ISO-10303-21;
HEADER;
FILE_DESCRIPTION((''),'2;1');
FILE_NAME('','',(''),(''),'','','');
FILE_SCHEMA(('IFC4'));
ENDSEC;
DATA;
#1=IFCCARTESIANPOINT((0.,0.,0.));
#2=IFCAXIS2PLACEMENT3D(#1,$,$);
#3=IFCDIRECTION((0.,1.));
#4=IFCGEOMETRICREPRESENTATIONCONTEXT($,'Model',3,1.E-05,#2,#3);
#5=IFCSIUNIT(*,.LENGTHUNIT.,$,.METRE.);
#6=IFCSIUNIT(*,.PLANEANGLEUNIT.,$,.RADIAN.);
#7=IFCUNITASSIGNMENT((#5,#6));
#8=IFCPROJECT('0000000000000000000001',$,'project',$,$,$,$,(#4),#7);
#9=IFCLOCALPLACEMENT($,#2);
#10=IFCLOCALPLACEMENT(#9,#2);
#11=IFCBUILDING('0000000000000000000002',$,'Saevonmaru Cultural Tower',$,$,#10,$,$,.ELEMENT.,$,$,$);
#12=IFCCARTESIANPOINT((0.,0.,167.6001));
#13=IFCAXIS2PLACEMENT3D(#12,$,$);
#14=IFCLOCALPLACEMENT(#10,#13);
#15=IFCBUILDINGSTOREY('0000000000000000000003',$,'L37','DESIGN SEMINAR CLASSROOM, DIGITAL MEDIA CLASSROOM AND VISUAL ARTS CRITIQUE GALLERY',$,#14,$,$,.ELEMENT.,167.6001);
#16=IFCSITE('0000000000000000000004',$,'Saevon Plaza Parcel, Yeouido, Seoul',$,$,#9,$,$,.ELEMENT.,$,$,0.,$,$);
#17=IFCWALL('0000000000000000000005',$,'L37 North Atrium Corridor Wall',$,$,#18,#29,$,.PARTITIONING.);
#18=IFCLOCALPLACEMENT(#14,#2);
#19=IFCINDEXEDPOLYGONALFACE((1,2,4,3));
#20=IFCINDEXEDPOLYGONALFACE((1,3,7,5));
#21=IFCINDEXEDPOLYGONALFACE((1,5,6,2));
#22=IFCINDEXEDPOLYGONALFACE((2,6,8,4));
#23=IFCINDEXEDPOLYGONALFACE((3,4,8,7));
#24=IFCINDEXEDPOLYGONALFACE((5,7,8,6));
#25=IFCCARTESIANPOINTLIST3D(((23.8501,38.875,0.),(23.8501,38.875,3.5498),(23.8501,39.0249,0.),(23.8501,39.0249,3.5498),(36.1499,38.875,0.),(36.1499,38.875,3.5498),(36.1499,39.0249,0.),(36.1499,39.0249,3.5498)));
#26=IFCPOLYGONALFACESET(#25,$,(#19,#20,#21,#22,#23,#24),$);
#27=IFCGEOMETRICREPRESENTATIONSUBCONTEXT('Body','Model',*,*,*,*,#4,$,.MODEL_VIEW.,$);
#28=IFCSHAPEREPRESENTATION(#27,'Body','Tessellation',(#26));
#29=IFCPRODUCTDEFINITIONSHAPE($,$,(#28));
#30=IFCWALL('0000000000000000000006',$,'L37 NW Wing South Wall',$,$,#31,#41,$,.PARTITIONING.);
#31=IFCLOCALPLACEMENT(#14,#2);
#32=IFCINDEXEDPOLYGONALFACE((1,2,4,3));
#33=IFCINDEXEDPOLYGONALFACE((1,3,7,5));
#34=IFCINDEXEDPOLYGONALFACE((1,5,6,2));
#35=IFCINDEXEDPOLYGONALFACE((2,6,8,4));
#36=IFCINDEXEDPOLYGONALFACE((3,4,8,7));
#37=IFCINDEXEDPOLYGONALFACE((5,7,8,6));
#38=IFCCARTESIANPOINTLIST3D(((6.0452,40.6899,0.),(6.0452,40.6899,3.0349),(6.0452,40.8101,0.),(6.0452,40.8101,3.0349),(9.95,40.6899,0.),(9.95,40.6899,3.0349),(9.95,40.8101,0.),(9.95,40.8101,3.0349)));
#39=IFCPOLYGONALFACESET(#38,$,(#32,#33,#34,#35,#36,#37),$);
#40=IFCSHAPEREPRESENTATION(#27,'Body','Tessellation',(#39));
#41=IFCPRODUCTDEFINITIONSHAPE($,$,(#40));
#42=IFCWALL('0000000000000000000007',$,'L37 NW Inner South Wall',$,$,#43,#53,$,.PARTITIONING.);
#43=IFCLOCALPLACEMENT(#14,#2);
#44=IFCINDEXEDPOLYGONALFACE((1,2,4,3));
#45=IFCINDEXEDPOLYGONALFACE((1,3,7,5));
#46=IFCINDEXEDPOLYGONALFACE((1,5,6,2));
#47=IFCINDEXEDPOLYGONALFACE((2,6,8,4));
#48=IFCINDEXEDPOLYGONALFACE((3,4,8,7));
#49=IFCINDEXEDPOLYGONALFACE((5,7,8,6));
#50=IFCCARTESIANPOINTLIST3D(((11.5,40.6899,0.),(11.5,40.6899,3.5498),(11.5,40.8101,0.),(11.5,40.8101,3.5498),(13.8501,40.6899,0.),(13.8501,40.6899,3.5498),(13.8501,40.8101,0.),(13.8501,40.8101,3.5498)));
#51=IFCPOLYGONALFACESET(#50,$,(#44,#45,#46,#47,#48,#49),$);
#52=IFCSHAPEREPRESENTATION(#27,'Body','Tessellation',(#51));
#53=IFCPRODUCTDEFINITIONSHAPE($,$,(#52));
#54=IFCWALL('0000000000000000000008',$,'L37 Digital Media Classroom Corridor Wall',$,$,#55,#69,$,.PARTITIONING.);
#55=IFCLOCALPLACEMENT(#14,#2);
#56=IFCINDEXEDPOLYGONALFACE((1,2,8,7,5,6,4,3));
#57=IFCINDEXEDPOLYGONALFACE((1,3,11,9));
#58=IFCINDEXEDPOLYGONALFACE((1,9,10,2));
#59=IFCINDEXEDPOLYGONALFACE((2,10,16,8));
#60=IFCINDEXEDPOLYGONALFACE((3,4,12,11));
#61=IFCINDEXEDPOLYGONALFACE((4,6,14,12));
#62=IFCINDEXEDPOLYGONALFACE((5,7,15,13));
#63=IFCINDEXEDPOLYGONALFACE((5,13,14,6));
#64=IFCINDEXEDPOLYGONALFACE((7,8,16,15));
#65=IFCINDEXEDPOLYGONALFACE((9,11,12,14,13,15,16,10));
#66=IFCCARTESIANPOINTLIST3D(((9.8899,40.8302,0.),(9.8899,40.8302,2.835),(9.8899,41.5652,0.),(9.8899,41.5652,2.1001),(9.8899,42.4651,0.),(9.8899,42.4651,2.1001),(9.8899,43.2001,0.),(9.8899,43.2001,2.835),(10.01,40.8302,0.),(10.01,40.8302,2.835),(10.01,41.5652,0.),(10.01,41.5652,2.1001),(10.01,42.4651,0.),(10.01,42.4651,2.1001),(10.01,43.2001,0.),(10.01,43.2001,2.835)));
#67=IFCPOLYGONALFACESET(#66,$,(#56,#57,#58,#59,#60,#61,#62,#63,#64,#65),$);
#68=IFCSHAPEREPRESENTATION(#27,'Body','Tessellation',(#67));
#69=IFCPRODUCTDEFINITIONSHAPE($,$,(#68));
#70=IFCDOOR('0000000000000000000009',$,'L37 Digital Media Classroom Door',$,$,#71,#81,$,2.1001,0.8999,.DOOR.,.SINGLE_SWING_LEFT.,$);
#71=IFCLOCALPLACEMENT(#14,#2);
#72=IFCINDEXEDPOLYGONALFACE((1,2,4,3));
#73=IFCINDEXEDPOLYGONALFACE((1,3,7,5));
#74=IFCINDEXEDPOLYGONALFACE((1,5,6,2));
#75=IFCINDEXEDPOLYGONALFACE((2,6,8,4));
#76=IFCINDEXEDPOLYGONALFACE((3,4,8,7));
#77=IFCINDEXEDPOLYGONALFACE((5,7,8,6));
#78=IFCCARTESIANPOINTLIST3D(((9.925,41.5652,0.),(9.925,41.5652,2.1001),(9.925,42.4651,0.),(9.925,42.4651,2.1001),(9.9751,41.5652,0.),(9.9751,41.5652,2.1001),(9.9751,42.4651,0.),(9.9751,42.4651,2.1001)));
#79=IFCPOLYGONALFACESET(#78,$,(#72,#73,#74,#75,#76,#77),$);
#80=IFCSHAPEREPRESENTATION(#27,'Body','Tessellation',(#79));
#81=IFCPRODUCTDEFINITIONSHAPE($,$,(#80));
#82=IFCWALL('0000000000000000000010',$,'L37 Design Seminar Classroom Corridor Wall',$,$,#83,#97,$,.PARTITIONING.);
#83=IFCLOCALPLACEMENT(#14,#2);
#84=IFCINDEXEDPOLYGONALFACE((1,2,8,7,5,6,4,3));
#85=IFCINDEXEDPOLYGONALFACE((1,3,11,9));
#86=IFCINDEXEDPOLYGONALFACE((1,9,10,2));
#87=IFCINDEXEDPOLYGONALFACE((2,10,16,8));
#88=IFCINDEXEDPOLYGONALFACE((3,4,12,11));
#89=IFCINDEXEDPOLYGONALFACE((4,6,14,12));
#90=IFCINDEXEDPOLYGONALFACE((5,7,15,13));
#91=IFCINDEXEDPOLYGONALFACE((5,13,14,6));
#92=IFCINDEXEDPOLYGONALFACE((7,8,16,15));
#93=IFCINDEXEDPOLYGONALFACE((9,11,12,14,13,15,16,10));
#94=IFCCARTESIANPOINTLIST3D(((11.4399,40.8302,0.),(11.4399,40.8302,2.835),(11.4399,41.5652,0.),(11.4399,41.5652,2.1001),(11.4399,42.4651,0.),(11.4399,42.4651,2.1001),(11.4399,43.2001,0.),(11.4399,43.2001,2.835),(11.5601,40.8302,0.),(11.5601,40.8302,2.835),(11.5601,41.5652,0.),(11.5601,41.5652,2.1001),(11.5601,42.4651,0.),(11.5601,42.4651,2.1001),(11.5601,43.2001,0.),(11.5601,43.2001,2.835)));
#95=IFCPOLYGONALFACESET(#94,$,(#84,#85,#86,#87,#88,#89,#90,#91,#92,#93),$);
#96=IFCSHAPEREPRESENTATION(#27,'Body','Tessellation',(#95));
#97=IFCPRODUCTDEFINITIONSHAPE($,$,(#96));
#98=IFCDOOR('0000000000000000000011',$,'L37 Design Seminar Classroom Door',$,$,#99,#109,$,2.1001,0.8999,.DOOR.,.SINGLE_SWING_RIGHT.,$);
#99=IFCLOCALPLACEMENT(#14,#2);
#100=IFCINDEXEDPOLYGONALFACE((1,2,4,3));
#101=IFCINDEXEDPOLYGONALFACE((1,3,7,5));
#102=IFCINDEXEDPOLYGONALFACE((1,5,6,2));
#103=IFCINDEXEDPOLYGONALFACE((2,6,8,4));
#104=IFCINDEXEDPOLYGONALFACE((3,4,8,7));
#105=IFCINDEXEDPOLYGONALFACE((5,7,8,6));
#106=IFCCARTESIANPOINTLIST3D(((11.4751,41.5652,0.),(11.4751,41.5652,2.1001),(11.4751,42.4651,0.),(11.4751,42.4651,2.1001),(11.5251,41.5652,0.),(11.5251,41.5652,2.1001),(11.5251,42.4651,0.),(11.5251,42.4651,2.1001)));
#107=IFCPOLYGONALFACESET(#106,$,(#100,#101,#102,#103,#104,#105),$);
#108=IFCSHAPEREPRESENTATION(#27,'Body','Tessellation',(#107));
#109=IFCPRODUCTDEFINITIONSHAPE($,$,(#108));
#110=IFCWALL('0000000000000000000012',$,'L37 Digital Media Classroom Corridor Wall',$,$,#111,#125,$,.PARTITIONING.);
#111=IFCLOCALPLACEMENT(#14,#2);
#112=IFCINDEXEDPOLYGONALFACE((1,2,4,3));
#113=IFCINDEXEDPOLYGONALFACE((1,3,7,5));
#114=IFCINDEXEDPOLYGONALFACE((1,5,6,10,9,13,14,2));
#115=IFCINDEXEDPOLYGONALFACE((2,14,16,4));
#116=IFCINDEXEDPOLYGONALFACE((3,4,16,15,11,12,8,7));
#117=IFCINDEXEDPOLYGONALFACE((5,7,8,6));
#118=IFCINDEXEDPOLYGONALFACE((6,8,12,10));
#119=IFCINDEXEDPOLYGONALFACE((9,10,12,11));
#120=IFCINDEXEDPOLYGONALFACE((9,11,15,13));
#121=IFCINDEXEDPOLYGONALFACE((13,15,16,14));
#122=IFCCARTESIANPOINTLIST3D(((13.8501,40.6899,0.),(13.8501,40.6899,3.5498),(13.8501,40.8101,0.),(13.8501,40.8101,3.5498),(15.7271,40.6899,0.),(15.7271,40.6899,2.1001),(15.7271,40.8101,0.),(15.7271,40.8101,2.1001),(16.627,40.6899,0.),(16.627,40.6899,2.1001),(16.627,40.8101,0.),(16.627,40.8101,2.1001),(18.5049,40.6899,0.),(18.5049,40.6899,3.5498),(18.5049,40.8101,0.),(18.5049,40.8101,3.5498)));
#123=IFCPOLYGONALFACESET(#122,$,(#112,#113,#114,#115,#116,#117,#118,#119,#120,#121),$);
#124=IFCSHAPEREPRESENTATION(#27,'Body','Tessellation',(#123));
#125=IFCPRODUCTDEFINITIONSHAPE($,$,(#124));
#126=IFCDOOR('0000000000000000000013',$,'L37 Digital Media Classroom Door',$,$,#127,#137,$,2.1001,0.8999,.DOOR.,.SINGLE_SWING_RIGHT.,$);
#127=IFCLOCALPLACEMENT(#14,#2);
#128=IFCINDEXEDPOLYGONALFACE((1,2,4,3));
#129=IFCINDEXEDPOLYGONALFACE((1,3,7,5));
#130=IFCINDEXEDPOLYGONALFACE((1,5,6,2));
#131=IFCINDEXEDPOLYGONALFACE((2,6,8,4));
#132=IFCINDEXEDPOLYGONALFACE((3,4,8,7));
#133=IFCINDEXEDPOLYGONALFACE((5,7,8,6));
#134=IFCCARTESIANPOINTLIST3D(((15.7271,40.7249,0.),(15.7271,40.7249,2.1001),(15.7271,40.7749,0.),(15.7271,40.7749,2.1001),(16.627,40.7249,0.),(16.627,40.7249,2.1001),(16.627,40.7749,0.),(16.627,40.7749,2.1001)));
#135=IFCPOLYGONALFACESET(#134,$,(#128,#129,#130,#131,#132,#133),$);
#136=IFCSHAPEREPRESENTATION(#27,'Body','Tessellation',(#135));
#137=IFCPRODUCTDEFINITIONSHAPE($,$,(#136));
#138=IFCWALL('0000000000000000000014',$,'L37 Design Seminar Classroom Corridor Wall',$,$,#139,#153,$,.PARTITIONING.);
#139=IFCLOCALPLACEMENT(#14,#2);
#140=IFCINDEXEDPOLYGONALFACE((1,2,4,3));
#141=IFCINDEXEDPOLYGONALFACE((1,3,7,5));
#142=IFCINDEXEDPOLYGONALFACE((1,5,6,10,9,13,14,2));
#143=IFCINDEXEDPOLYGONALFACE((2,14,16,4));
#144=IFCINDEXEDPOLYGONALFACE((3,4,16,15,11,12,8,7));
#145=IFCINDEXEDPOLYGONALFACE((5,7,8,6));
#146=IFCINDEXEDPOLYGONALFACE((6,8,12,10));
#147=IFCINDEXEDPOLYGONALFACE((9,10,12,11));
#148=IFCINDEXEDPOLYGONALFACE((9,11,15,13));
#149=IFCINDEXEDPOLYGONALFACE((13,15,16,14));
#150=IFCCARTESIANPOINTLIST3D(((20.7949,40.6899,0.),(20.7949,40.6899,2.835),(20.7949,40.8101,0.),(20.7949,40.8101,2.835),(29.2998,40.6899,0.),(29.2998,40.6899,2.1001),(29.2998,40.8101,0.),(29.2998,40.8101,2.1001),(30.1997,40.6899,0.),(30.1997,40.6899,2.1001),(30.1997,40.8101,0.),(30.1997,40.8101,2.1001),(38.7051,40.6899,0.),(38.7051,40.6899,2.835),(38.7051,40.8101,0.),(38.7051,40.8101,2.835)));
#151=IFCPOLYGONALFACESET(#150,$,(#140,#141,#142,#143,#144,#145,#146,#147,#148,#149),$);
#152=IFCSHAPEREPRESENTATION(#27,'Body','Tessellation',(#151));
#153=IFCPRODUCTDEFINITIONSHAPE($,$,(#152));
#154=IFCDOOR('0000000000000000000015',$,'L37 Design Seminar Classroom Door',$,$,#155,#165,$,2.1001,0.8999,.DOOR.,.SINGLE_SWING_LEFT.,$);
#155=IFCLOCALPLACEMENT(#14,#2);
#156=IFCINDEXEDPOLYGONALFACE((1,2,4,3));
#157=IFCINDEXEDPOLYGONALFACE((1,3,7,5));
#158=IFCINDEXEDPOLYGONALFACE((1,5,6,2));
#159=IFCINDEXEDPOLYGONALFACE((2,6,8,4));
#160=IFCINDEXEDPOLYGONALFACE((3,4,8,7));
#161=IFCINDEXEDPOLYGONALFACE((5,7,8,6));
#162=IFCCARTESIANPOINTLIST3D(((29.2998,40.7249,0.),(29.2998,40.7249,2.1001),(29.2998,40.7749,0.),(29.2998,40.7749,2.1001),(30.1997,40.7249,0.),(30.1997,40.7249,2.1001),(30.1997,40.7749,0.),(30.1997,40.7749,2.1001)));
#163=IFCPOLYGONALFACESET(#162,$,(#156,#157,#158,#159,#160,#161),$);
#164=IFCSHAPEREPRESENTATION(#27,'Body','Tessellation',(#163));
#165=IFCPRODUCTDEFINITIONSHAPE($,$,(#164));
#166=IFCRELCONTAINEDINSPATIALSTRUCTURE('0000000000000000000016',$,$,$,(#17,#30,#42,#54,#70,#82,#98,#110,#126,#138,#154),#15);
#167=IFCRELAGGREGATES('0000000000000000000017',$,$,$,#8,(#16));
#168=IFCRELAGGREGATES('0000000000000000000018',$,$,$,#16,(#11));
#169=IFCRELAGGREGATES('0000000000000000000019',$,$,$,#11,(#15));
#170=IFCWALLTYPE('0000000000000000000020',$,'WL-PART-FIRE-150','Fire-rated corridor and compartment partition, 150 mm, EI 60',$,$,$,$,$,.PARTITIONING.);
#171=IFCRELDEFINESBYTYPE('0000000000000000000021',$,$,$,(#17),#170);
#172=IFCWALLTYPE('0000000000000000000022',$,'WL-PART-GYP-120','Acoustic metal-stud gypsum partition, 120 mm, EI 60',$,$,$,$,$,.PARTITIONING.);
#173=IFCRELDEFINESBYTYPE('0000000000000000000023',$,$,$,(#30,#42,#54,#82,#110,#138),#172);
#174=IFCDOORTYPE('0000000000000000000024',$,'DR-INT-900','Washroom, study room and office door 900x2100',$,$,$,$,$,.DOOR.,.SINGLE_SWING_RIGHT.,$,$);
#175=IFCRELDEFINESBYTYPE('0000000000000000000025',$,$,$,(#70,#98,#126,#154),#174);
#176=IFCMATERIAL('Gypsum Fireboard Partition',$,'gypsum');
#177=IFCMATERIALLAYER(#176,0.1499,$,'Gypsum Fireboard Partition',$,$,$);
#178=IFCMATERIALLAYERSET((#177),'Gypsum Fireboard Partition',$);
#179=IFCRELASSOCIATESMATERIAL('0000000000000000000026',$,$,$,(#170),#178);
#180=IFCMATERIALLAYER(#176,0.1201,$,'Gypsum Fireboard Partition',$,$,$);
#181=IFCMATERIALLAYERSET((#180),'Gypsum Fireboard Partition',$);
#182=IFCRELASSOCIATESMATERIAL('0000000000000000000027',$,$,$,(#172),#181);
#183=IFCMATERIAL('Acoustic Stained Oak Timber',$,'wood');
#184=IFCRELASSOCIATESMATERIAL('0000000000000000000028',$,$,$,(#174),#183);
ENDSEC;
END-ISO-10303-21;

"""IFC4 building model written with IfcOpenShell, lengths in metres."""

from ifc_helpers import new_model, si_unit, direction, frame, frame_2d, origin, place, context, subcontext, project, spatial, rectangle, extrude, material, layer, layer_set, type_object, element, fill, save


model = new_model("IFC4")

# Units and contexts
model_context = context("Model", 3, precision=1e-05, world=origin(), true_north=direction((0.0, 1.0)))
body_context = subcontext(model_context, "Body", "Model", "MODEL_VIEW")
ifc_project = project(units=[si_unit("LENGTHUNIT", "METRE"), si_unit("PLANEANGLEUNIT", "RADIAN")], contexts=[model_context])

# Site, building, storey
site_placement = place(None, origin())
site = spatial("IfcSite", under=ifc_project, at=site_placement, Name="Saevon Plaza Parcel, Yeouido, Seoul", CompositionType="ELEMENT", RefElevation=0.0)
building_placement = place(site_placement, origin())
building = spatial("IfcBuilding", under=site, at=building_placement, Name="Saevonmaru Cultural Tower", CompositionType="ELEMENT")
storey_placement = place(building_placement, frame((0.0, 0.0, 167.6001)))
storey = spatial("IfcBuildingStorey", under=building, at=storey_placement, Name="L37", Description="DESIGN SEMINAR CLASSROOM, DIGITAL MEDIA CLASSROOM AND VISUAL ARTS CRITIQUE GALLERY", CompositionType="ELEMENT", Elevation=167.6001)

# Walls
ifc_material_1 = material(Name="Gypsum Fireboard Partition", Category="gypsum")
ifc_layer_1 = layer(ifc_material_1, 0.1499, Name="Gypsum Fireboard Partition")
ifc_layer_set_1 = layer_set([ifc_layer_1], Name="Gypsum Fireboard Partition")
wall_type_1 = type_object("IfcWallType", Name="WL-PART-FIRE-150", Description="Fire-rated corridor and compartment partition, 150 mm, EI 60", PredefinedType="PARTITIONING", material=ifc_layer_set_1)
wall_1_placement = place(storey_placement, frame((23.8501, 38.95, 0.0), z_axis=(0.0, 0.0, 1.0), x_axis=(1.0, 0.0, 0.0)))
element("IfcWall", 1, at=wall_1_placement, inside=storey, type_object=wall_type_1, Name="L37 North Atrium Corridor Wall", PredefinedType="PARTITIONING", context=body_context, shape_type="SweptSolid", body=[
    extrude(rectangle(XDim=12.2998, YDim=0.1499, at=frame_2d((6.1499, 0.0))), origin(), (0.0, 0.0, 1.0), 3.5498),
])
ifc_layer_2 = layer(ifc_material_1, 0.1201, Name="Gypsum Fireboard Partition")
ifc_layer_set_2 = layer_set([ifc_layer_2], Name="Gypsum Fireboard Partition")
wall_type_2 = type_object("IfcWallType", Name="WL-PART-GYP-120", Description="Acoustic metal-stud gypsum partition, 120 mm, EI 60", PredefinedType="PARTITIONING", material=ifc_layer_set_2)
wall_2_placement = place(storey_placement, frame((6.0452, 40.75, 0.0), z_axis=(0.0, 0.0, 1.0), x_axis=(1.0, 0.0, 0.0)))
element("IfcWall", 2, at=wall_2_placement, inside=storey, type_object=wall_type_2, Name="L37 NW Wing South Wall", PredefinedType="PARTITIONING", context=body_context, shape_type="SweptSolid", body=[
    extrude(rectangle(XDim=3.9048, YDim=0.1201, at=frame_2d((1.9524, 0.0))), origin(), (0.0, 0.0, 1.0), 3.0349),
])
wall_3_placement = place(storey_placement, frame((11.5, 40.75, 0.0), z_axis=(0.0, 0.0, 1.0), x_axis=(1.0, 0.0, 0.0)))
element("IfcWall", 3, at=wall_3_placement, inside=storey, type_object=wall_type_2, Name="L37 NW Inner South Wall", PredefinedType="PARTITIONING", context=body_context, shape_type="SweptSolid", body=[
    extrude(rectangle(XDim=2.3501, YDim=0.1201, at=frame_2d((1.175, 0.0))), origin(), (0.0, 0.0, 1.0), 3.5498),
])

# Walls, openings, doors
wall_4_placement = place(storey_placement, frame((9.95, 40.8301, 0.0), z_axis=(0.0, 0.0, 1.0), x_axis=(0.0, 1.0, 0.0)))
wall_4 = element("IfcWall", 4, at=wall_4_placement, inside=storey, type_object=wall_type_2, Name="L37 Digital Media Classroom Corridor Wall", PredefinedType="PARTITIONING", context=body_context, shape_type="SweptSolid", body=[
    extrude(rectangle(XDim=2.3699, YDim=0.1201, at=frame_2d((1.1851, 0.0))), origin(), (0.0, 0.0, 1.0), 2.835),
])
opening_1_placement = place(wall_4_placement, frame((0.7351, 0.0, 0.0)))
opening_1 = element("IfcOpeningElement", 5, at=opening_1_placement, cuts=wall_4, PredefinedType="OPENING", context=body_context, shape_type="SweptSolid", body=[
    extrude(rectangle(XDim=0.8999, YDim=2.1001, at=frame_2d((0.45, 1.05))), frame((0.0, 0.0701, 0.0), z_axis=(0.0, -1.0, 0.0), x_axis=(1.0, 0.0, 0.0)), (0.0, 0.0, 1.0), 0.1401),
])
ifc_material_2 = material(Name="Acoustic Stained Oak Timber", Category="wood")
door_type = type_object("IfcDoorType", Name="DR-INT-900", Description="Washroom, study room and office door 900x2100", OperationType="SINGLE_SWING_RIGHT", PredefinedType="DOOR", material=ifc_material_2)
door_1_placement = place(opening_1_placement, origin())
door_1 = element("IfcDoor", 6, at=door_1_placement, inside=storey, type_object=door_type, Name="L37 Digital Media Classroom Door", OperationType="SINGLE_SWING_LEFT", OverallHeight=2.1001, OverallWidth=0.8999, PredefinedType="DOOR", context=body_context, shape_type="SweptSolid", body=[
    extrude(rectangle(XDim=0.8999, YDim=2.1001, at=frame_2d((0.45, 1.05))), frame((0.0, 0.0249, 0.0), z_axis=(0.0, -1.0, 0.0), x_axis=(1.0, 0.0, 0.0)), (0.0, 0.0, 1.0), 0.05),
])
fill(opening_1, door_1)
wall_5_placement = place(storey_placement, frame((11.5, 40.8301, 0.0), z_axis=(0.0, 0.0, 1.0), x_axis=(0.0, 1.0, 0.0)))
wall_5 = element("IfcWall", 7, at=wall_5_placement, inside=storey, type_object=wall_type_2, Name="L37 Design Seminar Classroom Corridor Wall", PredefinedType="PARTITIONING", context=body_context, shape_type="SweptSolid", body=[
    extrude(rectangle(XDim=2.3699, YDim=0.1201, at=frame_2d((1.1851, 0.0))), origin(), (0.0, 0.0, 1.0), 2.835),
])
opening_2_placement = place(wall_5_placement, frame((0.7351, 0.0, 0.0)))
opening_2 = element("IfcOpeningElement", 8, at=opening_2_placement, cuts=wall_5, PredefinedType="OPENING", context=body_context, shape_type="SweptSolid", body=[
    extrude(rectangle(XDim=0.8999, YDim=2.1001, at=frame_2d((0.45, 1.05))), frame((0.0, 0.0701, 0.0), z_axis=(0.0, -1.0, 0.0), x_axis=(1.0, 0.0, 0.0)), (0.0, 0.0, 1.0), 0.1401),
])
door_2_placement = place(opening_2_placement, origin())
door_2 = element("IfcDoor", 9, at=door_2_placement, inside=storey, type_object=door_type, Name="L37 Design Seminar Classroom Door", OperationType="SINGLE_SWING_RIGHT", OverallHeight=2.1001, OverallWidth=0.8999, PredefinedType="DOOR", context=body_context, shape_type="SweptSolid", body=[
    extrude(rectangle(XDim=0.8999, YDim=2.1001, at=frame_2d((0.45, 1.05))), frame((0.0, 0.0249, 0.0), z_axis=(0.0, -1.0, 0.0), x_axis=(1.0, 0.0, 0.0)), (0.0, 0.0, 1.0), 0.05),
])
fill(opening_2, door_2)
wall_6_placement = place(storey_placement, frame((13.8501, 40.75, 0.0), z_axis=(0.0, 0.0, 1.0), x_axis=(1.0, 0.0, 0.0)))
wall_6 = element("IfcWall", 10, at=wall_6_placement, inside=storey, type_object=wall_type_2, Name="L37 Digital Media Classroom Corridor Wall", PredefinedType="PARTITIONING", context=body_context, shape_type="SweptSolid", body=[
    extrude(rectangle(XDim=4.6548, YDim=0.1201, at=frame_2d((2.3274, 0.0))), origin(), (0.0, 0.0, 1.0), 3.5498),
])
opening_3_placement = place(wall_6_placement, frame((1.877, 0.0, 0.0)))
opening_3 = element("IfcOpeningElement", 11, at=opening_3_placement, cuts=wall_6, PredefinedType="OPENING", context=body_context, shape_type="SweptSolid", body=[
    extrude(rectangle(XDim=0.8999, YDim=2.1001, at=frame_2d((0.45, 1.05))), frame((0.0, 0.0701, 0.0), z_axis=(0.0, -1.0, 0.0), x_axis=(1.0, 0.0, 0.0)), (0.0, 0.0, 1.0), 0.1401),
])
door_3_placement = place(opening_3_placement, origin())
door_3 = element("IfcDoor", 12, at=door_3_placement, inside=storey, type_object=door_type, Name="L37 Digital Media Classroom Door", OperationType="SINGLE_SWING_RIGHT", OverallHeight=2.1001, OverallWidth=0.8999, PredefinedType="DOOR", context=body_context, shape_type="SweptSolid", body=[
    extrude(rectangle(XDim=0.8999, YDim=2.1001, at=frame_2d((0.45, 1.05))), frame((0.0, 0.0249, 0.0), z_axis=(0.0, -1.0, 0.0), x_axis=(1.0, 0.0, 0.0)), (0.0, 0.0, 1.0), 0.05),
])
fill(opening_3, door_3)
wall_7_placement = place(storey_placement, frame((20.7949, 40.75, 0.0), z_axis=(0.0, 0.0, 1.0), x_axis=(1.0, 0.0, 0.0)))
wall_7 = element("IfcWall", 13, at=wall_7_placement, inside=storey, type_object=wall_type_2, Name="L37 Design Seminar Classroom Corridor Wall", PredefinedType="PARTITIONING", context=body_context, shape_type="SweptSolid", body=[
    extrude(rectangle(XDim=17.9102, YDim=0.1201, at=frame_2d((8.9551, 0.0))), origin(), (0.0, 0.0, 1.0), 2.835),
])
opening_4_placement = place(wall_7_placement, frame((8.5049, 0.0, 0.0)))
opening_4 = element("IfcOpeningElement", 14, at=opening_4_placement, cuts=wall_7, PredefinedType="OPENING", context=body_context, shape_type="SweptSolid", body=[
    extrude(rectangle(XDim=0.8999, YDim=2.1001, at=frame_2d((0.45, 1.05))), frame((0.0, 0.0701, 0.0), z_axis=(0.0, -1.0, 0.0), x_axis=(1.0, 0.0, 0.0)), (0.0, 0.0, 1.0), 0.1401),
])
door_4_placement = place(opening_4_placement, origin())
door_4 = element("IfcDoor", 15, at=door_4_placement, inside=storey, type_object=door_type, Name="L37 Design Seminar Classroom Door", OperationType="SINGLE_SWING_LEFT", OverallHeight=2.1001, OverallWidth=0.8999, PredefinedType="DOOR", context=body_context, shape_type="SweptSolid", body=[
    extrude(rectangle(XDim=0.8999, YDim=2.1001, at=frame_2d((0.45, 1.05))), frame((0.0, 0.0249, 0.0), z_axis=(0.0, -1.0, 0.0), x_axis=(1.0, 0.0, 0.0)), (0.0, 0.0, 1.0), 0.05),
])
fill(opening_4, door_4)

save(model, "model.ifc")
